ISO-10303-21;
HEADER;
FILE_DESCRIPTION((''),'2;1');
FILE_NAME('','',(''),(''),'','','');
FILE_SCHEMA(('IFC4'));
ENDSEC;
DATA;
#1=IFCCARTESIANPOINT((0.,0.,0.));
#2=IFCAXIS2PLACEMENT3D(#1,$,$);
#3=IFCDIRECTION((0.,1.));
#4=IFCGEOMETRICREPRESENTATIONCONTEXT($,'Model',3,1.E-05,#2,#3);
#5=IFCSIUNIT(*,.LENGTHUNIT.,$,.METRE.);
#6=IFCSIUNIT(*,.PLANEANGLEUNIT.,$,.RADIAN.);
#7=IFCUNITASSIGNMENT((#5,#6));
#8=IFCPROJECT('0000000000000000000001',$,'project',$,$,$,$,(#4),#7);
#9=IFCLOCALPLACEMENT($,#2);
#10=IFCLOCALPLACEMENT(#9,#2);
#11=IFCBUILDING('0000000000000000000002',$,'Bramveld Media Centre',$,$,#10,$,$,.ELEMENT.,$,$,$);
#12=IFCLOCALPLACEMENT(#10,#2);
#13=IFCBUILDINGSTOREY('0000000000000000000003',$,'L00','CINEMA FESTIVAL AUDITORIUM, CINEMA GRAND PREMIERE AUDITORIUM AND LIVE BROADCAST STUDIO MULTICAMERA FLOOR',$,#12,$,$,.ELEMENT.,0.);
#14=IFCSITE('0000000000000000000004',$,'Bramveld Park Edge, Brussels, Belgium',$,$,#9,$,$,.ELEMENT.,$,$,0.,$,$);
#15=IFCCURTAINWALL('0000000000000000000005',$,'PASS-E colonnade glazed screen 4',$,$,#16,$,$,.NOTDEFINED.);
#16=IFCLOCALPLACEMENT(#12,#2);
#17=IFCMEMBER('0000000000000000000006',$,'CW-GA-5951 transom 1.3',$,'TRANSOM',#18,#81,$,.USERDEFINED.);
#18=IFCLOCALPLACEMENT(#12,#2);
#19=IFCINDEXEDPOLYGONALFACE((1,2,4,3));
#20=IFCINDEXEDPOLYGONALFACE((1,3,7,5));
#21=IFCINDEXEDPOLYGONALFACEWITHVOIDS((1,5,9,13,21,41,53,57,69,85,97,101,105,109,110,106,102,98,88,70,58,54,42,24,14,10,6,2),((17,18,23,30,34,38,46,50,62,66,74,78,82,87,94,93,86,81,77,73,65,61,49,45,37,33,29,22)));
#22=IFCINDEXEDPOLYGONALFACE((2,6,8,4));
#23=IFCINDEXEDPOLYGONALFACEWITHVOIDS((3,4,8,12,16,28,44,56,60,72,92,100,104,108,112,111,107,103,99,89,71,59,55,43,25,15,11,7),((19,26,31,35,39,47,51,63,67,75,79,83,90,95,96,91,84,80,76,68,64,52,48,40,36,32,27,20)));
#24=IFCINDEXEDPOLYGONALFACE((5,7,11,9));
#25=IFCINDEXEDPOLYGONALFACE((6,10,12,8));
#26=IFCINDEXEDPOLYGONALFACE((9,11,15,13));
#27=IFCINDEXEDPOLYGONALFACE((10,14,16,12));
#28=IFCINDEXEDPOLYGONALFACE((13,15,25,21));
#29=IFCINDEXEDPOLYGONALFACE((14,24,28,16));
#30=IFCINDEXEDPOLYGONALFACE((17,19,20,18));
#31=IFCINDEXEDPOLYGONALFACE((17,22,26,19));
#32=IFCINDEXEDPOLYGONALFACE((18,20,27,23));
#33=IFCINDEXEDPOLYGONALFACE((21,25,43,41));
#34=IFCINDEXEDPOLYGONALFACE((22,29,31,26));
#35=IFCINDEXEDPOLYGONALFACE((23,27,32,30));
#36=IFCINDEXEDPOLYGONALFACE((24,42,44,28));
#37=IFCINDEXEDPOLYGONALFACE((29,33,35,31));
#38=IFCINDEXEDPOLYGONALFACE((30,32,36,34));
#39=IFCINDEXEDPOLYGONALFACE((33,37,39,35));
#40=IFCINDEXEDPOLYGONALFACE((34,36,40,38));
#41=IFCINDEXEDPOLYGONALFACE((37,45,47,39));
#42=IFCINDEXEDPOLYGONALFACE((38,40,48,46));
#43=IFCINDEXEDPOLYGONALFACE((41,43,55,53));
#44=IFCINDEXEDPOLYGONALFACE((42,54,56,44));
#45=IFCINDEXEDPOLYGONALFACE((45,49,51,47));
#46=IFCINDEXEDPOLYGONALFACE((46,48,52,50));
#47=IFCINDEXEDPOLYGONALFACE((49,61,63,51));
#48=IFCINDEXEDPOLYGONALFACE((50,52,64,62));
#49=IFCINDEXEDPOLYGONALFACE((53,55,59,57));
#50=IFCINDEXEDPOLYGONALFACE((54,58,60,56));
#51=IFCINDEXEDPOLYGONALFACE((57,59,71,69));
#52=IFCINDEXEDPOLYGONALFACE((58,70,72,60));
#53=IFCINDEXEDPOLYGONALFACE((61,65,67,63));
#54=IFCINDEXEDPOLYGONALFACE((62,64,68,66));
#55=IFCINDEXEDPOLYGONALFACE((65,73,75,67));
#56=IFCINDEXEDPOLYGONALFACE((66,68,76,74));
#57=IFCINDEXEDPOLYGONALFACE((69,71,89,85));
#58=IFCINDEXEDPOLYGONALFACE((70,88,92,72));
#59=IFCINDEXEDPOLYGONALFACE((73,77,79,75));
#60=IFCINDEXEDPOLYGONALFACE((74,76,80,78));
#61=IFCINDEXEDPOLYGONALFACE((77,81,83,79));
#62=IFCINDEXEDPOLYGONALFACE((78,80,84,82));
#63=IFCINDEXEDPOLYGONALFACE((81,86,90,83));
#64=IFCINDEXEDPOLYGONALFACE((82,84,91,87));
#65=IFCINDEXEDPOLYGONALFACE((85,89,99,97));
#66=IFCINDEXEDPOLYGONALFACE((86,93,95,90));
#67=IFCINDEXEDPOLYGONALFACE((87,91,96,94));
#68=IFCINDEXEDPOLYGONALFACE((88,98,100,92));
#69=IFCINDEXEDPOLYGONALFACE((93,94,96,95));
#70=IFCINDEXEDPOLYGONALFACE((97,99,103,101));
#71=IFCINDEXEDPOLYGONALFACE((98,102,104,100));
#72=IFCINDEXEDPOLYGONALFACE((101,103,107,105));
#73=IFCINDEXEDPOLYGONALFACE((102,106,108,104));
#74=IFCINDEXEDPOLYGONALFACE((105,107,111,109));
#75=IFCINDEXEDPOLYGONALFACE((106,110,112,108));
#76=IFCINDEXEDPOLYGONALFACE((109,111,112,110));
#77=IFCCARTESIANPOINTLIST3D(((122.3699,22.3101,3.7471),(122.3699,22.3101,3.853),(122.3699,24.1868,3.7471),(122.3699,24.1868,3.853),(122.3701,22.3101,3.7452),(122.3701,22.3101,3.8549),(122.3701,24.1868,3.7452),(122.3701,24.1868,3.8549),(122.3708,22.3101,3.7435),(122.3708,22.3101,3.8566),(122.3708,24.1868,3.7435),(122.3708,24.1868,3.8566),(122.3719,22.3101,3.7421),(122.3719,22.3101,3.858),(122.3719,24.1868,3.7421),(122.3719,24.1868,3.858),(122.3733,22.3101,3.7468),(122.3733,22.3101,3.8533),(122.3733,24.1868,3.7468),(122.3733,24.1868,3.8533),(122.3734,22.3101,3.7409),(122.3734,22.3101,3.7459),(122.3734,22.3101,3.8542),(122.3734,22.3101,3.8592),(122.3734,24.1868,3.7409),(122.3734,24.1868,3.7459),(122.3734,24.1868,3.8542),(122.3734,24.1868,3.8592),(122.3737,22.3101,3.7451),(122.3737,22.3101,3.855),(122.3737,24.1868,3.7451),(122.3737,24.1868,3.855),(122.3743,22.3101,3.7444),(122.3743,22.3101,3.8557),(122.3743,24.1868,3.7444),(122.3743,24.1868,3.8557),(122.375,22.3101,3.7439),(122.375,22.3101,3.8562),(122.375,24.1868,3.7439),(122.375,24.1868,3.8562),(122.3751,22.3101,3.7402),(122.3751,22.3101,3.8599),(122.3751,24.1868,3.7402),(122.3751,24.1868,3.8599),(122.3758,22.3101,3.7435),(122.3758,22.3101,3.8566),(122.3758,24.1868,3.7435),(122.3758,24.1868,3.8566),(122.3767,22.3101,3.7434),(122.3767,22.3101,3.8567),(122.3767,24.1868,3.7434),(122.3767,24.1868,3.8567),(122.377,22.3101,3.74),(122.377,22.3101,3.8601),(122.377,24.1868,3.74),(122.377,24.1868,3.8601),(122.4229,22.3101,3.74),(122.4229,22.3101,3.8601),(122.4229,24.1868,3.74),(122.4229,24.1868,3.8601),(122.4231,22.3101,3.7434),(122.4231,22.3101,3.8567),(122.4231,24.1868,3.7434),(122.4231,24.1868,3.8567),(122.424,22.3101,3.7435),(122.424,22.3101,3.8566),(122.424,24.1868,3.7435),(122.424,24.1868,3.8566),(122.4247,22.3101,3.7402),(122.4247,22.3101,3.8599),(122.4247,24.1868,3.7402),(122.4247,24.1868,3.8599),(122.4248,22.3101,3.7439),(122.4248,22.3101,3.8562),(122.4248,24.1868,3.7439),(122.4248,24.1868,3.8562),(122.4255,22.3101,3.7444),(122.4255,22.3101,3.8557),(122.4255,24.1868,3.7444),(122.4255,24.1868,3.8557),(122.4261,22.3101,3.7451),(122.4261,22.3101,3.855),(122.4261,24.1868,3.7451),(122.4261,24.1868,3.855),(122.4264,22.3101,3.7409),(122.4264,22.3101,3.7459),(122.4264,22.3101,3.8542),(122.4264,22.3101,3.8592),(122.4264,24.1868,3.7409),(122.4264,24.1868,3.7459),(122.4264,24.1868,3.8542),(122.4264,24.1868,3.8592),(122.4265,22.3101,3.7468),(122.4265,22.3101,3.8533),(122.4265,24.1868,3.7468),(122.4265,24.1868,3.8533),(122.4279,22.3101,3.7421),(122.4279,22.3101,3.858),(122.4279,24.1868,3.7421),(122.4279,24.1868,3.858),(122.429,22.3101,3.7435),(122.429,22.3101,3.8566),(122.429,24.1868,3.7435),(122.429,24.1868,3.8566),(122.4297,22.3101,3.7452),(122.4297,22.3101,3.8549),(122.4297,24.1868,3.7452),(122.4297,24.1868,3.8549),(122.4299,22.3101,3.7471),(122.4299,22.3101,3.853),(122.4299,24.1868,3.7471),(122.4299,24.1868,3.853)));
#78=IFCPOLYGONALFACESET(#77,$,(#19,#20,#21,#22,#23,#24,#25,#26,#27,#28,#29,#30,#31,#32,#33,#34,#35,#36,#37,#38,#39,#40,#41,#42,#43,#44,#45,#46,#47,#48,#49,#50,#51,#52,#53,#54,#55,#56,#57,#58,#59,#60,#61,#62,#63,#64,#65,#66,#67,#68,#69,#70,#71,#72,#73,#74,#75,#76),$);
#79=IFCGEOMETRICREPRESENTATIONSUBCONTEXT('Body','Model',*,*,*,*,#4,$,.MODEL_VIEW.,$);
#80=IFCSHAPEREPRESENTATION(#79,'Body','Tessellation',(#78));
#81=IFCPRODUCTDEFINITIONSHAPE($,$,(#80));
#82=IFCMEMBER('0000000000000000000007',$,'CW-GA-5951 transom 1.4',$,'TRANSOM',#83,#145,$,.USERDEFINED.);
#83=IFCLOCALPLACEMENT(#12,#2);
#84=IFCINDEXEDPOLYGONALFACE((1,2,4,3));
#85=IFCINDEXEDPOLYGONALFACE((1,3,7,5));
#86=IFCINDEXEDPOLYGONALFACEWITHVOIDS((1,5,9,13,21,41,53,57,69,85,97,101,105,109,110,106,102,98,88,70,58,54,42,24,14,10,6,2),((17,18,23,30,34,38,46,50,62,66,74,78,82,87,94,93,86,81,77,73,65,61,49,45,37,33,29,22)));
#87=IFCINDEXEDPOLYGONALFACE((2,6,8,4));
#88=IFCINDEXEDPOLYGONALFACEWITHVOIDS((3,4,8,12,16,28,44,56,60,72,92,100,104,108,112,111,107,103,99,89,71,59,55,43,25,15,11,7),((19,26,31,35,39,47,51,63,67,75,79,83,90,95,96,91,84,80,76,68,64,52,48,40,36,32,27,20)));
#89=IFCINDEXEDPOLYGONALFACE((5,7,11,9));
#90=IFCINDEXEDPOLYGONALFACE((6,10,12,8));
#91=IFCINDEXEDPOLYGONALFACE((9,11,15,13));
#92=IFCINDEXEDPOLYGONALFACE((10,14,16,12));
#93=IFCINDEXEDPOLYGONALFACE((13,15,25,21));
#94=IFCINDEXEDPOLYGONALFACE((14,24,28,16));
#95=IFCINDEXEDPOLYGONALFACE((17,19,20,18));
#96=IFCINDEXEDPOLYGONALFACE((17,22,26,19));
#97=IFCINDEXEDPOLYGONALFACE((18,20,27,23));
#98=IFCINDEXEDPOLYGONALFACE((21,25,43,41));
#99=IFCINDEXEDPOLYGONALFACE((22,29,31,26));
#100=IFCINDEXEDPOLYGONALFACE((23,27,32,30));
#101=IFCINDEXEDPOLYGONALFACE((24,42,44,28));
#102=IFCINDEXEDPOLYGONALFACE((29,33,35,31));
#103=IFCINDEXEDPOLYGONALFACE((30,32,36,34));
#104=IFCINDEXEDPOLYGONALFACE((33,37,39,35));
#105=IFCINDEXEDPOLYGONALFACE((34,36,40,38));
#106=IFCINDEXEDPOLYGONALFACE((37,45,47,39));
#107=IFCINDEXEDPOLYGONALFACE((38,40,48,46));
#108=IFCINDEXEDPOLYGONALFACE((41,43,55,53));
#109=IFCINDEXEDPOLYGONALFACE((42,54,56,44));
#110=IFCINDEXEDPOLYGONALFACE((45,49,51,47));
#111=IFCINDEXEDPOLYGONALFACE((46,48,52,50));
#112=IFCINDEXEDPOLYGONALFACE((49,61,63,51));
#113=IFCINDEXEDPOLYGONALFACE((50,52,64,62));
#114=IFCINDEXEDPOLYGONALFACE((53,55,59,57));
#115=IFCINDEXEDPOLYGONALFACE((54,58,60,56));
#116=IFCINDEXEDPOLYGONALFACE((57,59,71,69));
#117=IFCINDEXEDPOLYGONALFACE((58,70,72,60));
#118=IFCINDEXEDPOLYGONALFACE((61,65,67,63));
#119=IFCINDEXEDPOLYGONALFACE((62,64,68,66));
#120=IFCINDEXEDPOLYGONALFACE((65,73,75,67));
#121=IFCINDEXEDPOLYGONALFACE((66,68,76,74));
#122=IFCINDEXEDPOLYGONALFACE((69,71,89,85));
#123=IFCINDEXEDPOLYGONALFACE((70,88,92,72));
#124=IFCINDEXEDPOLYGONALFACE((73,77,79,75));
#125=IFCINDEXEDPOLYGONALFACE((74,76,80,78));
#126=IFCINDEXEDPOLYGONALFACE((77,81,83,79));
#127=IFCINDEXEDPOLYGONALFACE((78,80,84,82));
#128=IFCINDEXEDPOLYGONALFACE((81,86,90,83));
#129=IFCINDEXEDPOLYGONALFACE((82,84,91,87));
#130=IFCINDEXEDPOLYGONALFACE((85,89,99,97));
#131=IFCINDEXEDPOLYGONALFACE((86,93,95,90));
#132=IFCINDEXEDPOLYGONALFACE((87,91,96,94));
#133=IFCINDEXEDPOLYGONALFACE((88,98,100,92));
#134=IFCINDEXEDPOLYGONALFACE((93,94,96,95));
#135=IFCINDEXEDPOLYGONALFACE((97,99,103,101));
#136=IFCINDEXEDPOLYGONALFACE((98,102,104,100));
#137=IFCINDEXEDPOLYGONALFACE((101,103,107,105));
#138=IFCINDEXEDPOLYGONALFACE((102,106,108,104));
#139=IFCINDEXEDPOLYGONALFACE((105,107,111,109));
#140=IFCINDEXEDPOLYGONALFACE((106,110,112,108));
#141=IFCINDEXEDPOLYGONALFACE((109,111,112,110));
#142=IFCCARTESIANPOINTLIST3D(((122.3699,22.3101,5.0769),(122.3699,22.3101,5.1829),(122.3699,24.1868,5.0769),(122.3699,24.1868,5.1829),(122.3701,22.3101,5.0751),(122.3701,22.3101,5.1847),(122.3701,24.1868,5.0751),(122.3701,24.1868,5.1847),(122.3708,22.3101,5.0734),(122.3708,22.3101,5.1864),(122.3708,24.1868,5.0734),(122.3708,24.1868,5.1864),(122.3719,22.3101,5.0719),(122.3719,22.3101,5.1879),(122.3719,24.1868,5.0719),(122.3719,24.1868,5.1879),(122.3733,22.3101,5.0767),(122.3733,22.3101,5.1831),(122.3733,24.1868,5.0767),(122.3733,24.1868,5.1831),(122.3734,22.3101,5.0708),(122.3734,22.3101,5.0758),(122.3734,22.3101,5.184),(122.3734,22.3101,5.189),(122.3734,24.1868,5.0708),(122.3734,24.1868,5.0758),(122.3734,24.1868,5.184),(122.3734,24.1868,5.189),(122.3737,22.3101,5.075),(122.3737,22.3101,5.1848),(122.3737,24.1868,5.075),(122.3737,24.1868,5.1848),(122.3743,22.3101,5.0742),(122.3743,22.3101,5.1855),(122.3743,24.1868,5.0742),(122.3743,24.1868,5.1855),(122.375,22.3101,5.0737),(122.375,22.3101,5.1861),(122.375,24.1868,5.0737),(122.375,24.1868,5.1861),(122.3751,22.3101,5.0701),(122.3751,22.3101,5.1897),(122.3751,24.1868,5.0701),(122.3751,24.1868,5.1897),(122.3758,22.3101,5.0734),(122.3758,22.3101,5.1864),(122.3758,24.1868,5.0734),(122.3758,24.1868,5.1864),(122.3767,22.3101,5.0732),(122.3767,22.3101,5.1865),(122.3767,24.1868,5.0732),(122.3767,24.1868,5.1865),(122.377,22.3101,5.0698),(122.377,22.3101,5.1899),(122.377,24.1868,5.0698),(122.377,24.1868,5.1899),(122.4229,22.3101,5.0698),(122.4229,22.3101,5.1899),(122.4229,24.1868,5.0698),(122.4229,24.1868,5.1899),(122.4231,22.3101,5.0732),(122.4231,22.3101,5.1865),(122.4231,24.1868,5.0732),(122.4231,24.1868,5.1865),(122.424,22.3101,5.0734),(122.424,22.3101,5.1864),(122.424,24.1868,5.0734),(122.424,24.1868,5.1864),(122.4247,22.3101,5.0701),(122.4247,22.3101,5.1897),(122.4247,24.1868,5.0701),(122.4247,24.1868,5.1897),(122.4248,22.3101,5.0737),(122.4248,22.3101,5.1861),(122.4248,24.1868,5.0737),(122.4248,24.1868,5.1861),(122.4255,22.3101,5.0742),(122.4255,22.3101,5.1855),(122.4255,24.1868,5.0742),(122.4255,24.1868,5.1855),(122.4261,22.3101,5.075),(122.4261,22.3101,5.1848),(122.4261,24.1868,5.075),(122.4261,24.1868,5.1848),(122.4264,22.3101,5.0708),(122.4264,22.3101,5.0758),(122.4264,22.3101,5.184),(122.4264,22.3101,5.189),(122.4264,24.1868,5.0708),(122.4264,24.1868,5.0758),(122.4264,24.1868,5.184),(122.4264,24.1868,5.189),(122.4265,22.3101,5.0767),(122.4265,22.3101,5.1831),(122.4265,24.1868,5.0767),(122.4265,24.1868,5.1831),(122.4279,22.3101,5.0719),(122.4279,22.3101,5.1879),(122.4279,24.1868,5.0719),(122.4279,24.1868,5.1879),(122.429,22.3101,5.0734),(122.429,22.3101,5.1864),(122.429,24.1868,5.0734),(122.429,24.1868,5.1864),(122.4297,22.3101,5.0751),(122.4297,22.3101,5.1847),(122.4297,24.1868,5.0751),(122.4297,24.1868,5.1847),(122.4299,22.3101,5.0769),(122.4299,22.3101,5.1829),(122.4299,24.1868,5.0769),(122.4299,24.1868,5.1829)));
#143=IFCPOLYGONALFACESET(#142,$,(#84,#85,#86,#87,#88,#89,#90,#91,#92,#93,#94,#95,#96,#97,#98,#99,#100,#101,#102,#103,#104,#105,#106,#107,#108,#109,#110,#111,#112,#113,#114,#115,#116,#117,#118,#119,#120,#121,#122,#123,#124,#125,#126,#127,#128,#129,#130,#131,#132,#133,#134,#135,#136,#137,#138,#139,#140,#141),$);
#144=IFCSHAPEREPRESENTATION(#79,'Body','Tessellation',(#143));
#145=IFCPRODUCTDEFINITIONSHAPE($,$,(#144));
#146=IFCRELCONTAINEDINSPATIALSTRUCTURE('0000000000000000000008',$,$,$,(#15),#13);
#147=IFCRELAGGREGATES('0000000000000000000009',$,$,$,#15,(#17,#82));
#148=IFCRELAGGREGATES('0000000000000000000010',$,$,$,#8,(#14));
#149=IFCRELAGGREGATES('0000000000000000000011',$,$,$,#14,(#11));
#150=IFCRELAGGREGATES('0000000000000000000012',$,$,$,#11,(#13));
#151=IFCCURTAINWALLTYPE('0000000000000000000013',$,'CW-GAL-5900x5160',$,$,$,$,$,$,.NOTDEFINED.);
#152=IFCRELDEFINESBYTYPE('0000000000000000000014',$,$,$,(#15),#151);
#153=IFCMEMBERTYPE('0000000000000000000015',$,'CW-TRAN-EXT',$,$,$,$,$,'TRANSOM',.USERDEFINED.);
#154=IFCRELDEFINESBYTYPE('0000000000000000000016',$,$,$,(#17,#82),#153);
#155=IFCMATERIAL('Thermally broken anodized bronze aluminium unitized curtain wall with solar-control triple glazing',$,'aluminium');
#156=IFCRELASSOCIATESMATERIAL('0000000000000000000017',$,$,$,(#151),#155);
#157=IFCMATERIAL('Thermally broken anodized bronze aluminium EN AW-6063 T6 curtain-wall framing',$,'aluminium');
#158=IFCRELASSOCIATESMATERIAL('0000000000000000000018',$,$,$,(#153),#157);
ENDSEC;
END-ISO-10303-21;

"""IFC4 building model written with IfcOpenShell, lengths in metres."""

from ifc_helpers import new_model, si_unit, direction, frame, origin, origin_2d, place, context, subcontext, project, spatial, hollow_rectangle, extrude, material, material_profile, profile_set, type_object, element, aggregate, save


model = new_model("IFC4")

# Units and contexts
model_context = context("Model", 3, precision=1e-05, world=origin(), true_north=direction((0.0, 1.0)))
body_context = subcontext(model_context, "Body", "Model", "MODEL_VIEW")
ifc_project = project(units=[si_unit("LENGTHUNIT", "METRE"), si_unit("PLANEANGLEUNIT", "RADIAN")], contexts=[model_context])

# Site, building, storey
site_placement = place(None, origin())
site = spatial("IfcSite", under=ifc_project, at=site_placement, Name="Bramveld Park Edge, Brussels, Belgium", CompositionType="ELEMENT", RefElevation=0.0)
building_placement = place(site_placement, origin())
building = spatial("IfcBuilding", under=site, at=building_placement, Name="Bramveld Media Centre", CompositionType="ELEMENT")
storey_placement = place(building_placement, origin())
storey = spatial("IfcBuildingStorey", under=building, at=storey_placement, Name="L00", Description="CINEMA FESTIVAL AUDITORIUM, CINEMA GRAND PREMIERE AUDITORIUM AND LIVE BROADCAST STUDIO MULTICAMERA FLOOR", CompositionType="ELEMENT", Elevation=0.0)

# Shared definitions
ifc_material_1 = material(Name="Thermally broken anodized bronze aluminium unitized curtain wall with solar-control triple glazing", Category="aluminium")
curtain_wall_type = type_object("IfcCurtainWallType", Name="CW-GAL-5900x5160", PredefinedType="NOTDEFINED", material=ifc_material_1)

# Curtain wall, members
curtain_wall_1_placement = place(storey_placement, origin())
curtain_wall_1 = element("IfcCurtainWall", 1, at=curtain_wall_1_placement, inside=storey, type_object=curtain_wall_type, Name="PASS-E colonnade glazed screen 4", PredefinedType="NOTDEFINED")
ifc_material_2 = material(Name="Thermally broken anodized bronze aluminium EN AW-6063 T6 curtain-wall framing", Category="aluminium")
ifc_material_profile_1 = material_profile(ifc_material_2, hollow_rectangle(XDim=0.0601, YDim=0.1201, WallThickness=0.0034, InnerFilletRadius=0.0034, OuterFilletRadius=0.0071, at=origin_2d()), Name="AL-TRAN 60x120")
ifc_profile_set_1 = profile_set([ifc_material_profile_1], Name="Thermally broken anodized bronze aluminium EN AW-6063 T6 curtain-wall framing")
member_type_1 = type_object("IfcMemberType", Name="CW-TRAN-EXT", ElementType="TRANSOM", PredefinedType="USERDEFINED", material=ifc_profile_set_1)
member_1_placement = place(storey_placement, frame((122.3999, 22.3101, 3.8), z_axis=(0.0, 1.0, 0.0), x_axis=(-1.0, 0.0, 0.0)))
member_1 = element("IfcMember", 2, at=member_1_placement, type_object=member_type_1, Name="CW-GA-5951 transom 1.3", ObjectType="TRANSOM", PredefinedType="USERDEFINED", context=body_context, shape_type="SweptSolid", body=[
    extrude(hollow_rectangle(XDim=0.0601, YDim=0.1201, WallThickness=0.0034, InnerFilletRadius=0.0034, OuterFilletRadius=0.0071, at=origin_2d()), origin(), (0.0, 0.0, 1.0), 1.8767),
])
member_2_placement = place(storey_placement, frame((122.3999, 22.3101, 5.1299), z_axis=(0.0, 1.0, 0.0), x_axis=(-1.0, 0.0, 0.0)))
member_2 = element("IfcMember", 3, at=member_2_placement, type_object=member_type_1, Name="CW-GA-5951 transom 1.4", ObjectType="TRANSOM", PredefinedType="USERDEFINED", context=body_context, shape_type="SweptSolid", body=[
    extrude(hollow_rectangle(XDim=0.0601, YDim=0.1201, WallThickness=0.0034, InnerFilletRadius=0.0034, OuterFilletRadius=0.0071, at=origin_2d()), origin(), (0.0, 0.0, 1.0), 1.8767),
])

aggregate(curtain_wall_1, [member_1, member_2])

save(model, "model.ifc")
